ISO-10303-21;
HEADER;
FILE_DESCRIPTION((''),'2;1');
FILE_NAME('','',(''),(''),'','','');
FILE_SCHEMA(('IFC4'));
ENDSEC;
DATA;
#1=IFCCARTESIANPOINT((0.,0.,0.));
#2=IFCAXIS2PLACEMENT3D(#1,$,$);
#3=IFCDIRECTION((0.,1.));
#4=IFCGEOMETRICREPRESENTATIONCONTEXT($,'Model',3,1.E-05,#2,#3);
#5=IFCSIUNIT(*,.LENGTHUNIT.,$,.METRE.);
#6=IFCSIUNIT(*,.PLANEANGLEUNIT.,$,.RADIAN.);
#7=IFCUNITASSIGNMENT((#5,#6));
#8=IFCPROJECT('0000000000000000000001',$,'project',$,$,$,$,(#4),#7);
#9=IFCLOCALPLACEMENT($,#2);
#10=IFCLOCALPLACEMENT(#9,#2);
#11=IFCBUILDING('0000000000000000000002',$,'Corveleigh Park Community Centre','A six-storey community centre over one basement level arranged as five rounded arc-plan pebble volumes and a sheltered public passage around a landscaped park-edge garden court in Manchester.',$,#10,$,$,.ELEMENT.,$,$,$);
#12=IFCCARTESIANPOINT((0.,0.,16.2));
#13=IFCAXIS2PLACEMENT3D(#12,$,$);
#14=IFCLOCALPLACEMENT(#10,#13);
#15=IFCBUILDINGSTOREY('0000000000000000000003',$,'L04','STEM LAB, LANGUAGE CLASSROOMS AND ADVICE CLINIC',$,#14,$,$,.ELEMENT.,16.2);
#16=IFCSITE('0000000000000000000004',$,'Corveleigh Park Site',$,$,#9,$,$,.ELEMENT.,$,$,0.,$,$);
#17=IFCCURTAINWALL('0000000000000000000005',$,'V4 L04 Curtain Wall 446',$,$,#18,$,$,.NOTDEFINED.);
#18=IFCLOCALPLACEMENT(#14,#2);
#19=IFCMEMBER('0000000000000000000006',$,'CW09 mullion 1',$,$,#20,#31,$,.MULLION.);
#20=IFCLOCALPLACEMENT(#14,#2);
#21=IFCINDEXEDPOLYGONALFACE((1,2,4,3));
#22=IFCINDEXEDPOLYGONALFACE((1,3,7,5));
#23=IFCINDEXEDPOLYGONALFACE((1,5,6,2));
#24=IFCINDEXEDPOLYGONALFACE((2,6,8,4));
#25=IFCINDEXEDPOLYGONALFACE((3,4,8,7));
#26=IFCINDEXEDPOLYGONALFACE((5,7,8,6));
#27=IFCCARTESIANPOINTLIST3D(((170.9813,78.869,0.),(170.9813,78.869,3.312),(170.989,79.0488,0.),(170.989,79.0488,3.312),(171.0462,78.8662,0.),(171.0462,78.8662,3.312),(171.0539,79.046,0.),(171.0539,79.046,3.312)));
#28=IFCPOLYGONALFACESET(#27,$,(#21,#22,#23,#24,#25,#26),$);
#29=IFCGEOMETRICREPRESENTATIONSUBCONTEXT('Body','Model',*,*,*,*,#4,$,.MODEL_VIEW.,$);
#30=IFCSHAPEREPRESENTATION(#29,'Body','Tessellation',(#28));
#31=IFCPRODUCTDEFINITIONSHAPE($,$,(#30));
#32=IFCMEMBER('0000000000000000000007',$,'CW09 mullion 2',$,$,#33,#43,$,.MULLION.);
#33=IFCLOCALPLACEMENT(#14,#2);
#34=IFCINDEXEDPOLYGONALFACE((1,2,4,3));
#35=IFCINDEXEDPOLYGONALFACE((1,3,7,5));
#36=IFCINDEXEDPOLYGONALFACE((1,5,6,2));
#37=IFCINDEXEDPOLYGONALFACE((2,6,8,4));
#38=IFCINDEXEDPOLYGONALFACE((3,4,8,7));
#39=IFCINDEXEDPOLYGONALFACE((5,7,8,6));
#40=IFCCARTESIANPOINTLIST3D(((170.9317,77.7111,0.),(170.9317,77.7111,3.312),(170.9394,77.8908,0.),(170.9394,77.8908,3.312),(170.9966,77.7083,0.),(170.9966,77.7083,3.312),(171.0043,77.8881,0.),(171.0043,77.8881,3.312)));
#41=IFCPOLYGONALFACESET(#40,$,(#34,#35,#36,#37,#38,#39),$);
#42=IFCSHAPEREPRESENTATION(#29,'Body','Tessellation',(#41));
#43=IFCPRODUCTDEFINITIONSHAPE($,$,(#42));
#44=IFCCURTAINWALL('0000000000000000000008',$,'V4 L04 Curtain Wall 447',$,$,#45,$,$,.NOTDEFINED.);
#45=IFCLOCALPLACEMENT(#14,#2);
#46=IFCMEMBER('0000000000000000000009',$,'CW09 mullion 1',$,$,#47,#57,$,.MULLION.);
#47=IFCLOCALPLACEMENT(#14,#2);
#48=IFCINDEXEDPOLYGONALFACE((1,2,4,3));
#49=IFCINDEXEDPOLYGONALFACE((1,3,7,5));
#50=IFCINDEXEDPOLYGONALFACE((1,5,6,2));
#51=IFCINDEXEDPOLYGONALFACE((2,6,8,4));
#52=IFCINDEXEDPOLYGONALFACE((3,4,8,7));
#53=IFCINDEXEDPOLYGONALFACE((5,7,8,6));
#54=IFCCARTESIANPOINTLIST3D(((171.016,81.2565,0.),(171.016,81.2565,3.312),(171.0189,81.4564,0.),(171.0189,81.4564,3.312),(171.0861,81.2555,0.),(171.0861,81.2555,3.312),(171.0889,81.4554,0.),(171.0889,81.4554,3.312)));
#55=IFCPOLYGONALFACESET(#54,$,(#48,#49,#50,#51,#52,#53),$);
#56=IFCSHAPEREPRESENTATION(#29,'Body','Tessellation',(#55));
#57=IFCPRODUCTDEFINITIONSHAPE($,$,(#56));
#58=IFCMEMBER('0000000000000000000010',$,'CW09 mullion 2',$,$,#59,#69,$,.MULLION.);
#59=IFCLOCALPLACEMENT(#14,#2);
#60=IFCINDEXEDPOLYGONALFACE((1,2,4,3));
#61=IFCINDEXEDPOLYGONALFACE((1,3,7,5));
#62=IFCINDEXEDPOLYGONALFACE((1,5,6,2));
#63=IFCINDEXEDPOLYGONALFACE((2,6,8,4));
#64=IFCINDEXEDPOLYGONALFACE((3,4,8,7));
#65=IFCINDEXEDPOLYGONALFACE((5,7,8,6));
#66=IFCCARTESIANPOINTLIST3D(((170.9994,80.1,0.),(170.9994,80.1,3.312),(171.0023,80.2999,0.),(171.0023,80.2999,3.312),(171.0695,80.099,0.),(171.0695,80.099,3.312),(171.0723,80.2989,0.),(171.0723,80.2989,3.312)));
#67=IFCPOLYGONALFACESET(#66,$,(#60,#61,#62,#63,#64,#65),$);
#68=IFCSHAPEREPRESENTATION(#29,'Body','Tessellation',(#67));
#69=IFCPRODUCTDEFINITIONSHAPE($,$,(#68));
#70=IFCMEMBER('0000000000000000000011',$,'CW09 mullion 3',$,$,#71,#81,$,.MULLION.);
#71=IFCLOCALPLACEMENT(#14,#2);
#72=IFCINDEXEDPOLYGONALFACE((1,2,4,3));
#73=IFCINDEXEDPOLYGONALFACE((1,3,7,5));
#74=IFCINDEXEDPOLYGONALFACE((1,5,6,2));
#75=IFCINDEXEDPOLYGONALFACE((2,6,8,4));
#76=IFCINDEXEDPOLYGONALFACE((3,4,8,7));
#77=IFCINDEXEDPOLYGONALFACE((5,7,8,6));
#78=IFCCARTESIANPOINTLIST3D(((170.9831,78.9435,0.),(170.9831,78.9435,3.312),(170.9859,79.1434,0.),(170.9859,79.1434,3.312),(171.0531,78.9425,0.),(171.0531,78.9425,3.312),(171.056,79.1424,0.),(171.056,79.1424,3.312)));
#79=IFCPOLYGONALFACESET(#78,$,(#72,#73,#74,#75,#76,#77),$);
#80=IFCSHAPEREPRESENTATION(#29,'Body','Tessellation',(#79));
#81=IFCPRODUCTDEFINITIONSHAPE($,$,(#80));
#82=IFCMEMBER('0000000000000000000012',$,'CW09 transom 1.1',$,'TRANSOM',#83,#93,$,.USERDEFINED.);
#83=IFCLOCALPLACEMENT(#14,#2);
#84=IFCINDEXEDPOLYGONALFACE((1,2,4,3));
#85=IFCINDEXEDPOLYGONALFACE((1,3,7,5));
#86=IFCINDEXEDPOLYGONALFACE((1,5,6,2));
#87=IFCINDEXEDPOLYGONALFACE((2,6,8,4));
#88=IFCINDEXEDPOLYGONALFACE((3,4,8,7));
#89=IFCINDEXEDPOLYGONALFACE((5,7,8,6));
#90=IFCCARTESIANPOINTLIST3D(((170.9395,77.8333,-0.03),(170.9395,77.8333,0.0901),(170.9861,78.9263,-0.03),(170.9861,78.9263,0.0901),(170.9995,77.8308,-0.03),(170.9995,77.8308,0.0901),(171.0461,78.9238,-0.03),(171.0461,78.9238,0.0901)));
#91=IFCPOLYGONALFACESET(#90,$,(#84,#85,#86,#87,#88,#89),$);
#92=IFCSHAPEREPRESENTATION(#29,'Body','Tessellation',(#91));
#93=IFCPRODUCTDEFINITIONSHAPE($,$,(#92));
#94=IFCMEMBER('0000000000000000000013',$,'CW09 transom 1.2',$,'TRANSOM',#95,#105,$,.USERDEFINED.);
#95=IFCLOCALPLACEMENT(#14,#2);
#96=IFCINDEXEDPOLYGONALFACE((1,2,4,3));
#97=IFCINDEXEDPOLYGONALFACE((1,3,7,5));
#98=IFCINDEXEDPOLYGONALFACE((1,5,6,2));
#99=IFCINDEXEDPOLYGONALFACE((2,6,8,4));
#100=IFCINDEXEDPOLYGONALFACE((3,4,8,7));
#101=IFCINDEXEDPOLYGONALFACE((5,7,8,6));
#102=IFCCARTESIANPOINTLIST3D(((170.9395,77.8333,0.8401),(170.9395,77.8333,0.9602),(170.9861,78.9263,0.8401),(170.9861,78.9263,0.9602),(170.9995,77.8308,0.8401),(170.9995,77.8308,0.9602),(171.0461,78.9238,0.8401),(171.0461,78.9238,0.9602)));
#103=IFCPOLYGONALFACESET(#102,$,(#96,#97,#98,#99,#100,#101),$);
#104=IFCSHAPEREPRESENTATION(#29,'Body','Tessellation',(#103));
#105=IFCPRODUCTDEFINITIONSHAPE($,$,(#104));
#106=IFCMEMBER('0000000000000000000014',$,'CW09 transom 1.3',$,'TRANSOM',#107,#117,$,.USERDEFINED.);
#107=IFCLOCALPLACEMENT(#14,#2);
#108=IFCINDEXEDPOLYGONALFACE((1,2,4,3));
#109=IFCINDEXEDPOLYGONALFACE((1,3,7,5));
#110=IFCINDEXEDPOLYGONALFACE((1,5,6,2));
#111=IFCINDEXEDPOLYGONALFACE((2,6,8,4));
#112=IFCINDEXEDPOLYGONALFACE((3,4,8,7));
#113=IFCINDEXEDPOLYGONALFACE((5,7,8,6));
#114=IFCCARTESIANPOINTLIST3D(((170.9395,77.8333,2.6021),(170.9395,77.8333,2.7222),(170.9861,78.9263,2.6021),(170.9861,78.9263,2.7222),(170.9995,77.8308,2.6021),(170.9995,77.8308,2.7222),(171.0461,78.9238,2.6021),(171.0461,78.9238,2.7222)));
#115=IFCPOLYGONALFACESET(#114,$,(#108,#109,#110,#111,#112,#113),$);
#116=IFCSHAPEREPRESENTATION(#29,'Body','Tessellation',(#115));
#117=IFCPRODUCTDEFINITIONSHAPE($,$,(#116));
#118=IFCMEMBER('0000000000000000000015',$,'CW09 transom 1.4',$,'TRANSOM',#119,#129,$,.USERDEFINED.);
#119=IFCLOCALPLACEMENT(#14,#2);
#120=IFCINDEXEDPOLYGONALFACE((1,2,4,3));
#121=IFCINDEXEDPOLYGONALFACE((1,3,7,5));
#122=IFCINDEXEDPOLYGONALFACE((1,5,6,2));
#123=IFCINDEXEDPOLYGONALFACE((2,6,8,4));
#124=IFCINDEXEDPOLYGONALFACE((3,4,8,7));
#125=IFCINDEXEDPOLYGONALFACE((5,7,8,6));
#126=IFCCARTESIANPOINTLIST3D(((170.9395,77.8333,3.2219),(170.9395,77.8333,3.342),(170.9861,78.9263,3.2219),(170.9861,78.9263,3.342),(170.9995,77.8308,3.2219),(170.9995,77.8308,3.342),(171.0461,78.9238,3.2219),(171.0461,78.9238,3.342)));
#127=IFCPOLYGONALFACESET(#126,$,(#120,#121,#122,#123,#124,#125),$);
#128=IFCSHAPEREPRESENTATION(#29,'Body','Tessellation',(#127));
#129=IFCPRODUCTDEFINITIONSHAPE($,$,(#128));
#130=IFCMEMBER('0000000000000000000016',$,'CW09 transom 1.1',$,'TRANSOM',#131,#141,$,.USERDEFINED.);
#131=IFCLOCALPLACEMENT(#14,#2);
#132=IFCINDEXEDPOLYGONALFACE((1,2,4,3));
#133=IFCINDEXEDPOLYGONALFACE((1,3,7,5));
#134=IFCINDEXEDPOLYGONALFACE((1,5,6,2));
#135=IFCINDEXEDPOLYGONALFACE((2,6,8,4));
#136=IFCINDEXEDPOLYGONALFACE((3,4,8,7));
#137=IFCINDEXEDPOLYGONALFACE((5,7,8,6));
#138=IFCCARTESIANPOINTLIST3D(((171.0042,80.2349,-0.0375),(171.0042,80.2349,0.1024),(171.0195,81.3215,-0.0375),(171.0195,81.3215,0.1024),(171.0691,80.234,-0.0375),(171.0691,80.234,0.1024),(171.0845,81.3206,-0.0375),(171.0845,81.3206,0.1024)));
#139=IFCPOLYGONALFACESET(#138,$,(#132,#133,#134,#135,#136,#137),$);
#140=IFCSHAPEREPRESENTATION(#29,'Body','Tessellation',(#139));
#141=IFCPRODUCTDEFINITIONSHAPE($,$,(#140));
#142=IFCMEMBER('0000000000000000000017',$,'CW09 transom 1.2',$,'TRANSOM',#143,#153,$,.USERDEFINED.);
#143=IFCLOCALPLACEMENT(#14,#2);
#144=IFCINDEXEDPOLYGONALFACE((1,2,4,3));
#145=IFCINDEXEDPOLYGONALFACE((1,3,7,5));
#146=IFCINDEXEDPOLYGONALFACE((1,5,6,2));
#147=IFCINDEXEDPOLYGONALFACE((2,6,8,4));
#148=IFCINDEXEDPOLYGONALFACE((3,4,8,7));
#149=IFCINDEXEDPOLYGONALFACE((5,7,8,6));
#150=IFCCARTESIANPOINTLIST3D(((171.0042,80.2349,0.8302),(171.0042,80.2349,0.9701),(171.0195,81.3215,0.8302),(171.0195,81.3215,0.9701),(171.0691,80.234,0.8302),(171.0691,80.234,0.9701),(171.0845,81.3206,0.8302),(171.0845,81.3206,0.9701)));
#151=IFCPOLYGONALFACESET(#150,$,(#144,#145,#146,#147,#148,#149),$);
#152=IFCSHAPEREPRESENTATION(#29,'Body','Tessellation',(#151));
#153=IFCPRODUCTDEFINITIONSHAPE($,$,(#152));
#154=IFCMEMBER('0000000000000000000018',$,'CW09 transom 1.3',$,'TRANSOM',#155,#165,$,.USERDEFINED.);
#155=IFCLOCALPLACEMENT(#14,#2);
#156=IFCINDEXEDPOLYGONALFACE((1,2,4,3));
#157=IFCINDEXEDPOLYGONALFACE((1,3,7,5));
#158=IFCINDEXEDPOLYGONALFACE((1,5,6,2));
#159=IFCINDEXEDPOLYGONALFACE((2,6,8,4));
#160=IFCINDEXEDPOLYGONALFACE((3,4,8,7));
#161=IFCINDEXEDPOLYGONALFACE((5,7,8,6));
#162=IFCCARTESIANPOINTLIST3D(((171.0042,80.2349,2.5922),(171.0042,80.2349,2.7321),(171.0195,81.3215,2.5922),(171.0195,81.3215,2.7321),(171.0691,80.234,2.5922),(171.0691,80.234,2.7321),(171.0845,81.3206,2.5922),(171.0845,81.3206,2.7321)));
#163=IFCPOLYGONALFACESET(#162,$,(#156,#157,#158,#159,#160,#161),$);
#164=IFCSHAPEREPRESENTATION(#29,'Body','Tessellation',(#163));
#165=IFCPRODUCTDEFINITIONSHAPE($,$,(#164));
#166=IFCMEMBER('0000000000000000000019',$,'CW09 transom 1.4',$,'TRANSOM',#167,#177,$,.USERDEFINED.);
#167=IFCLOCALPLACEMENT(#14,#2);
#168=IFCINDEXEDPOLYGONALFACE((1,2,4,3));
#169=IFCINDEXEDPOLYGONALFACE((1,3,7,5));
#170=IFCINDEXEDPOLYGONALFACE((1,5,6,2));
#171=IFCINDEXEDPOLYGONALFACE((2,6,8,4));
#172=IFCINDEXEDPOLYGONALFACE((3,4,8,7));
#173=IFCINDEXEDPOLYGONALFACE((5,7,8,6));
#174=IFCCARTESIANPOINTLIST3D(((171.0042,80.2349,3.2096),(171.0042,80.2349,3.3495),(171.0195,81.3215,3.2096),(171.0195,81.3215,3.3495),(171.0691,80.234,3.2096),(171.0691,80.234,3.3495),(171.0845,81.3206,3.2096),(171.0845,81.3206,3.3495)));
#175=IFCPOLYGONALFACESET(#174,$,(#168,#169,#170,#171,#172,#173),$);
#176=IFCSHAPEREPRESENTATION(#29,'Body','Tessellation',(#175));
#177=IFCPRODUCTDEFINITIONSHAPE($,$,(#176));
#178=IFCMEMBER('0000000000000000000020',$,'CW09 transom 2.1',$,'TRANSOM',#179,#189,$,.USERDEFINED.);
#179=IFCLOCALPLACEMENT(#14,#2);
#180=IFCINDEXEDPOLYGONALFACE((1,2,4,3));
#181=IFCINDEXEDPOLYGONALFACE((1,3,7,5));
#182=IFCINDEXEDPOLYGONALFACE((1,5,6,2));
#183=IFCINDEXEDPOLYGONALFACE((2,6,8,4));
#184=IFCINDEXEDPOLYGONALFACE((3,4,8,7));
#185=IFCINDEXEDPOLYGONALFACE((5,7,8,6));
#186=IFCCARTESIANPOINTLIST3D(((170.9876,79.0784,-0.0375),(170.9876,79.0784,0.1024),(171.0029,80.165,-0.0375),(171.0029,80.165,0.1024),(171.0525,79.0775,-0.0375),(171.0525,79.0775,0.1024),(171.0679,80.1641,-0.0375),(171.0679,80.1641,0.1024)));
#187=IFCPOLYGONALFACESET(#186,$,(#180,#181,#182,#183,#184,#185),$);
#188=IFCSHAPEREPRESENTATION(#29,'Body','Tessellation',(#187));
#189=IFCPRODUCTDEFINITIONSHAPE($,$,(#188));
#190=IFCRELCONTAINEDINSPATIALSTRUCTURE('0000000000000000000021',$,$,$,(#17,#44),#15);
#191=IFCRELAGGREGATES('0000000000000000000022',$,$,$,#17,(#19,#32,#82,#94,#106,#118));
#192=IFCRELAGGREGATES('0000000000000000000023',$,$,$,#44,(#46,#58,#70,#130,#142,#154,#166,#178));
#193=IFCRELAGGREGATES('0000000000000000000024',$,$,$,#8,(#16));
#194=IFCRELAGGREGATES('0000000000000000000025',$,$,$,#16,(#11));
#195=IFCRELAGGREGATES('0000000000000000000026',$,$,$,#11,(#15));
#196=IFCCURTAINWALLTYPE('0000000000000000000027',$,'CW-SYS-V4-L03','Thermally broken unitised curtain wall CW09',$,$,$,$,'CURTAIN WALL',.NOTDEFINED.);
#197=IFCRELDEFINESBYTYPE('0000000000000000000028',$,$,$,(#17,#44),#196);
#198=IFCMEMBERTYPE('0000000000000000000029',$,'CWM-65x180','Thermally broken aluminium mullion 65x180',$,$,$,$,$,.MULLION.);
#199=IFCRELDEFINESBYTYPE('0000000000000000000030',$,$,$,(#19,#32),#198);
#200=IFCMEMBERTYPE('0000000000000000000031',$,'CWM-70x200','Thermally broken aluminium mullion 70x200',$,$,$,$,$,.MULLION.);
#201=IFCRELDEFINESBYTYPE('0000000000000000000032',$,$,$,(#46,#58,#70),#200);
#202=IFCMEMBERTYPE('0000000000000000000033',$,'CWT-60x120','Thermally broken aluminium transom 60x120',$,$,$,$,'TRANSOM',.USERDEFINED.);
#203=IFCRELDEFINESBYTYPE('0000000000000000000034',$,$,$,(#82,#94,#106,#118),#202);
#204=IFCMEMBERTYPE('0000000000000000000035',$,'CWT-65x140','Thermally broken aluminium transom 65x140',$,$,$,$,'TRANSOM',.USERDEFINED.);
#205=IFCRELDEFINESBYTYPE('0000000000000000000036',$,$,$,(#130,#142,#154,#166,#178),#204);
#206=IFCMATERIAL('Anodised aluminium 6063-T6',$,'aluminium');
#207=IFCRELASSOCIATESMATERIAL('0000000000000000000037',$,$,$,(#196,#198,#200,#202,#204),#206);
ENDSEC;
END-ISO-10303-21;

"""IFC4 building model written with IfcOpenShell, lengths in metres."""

from ifc_helpers import new_model, si_unit, direction, frame, origin, origin_2d, place, context, subcontext, project, spatial, rectangle, extrude, material, material_profile, profile_set, type_object, element, aggregate, save


model = new_model("IFC4")

# Units and contexts
model_context = context("Model", 3, precision=1e-05, world=origin(), true_north=direction((0.0, 1.0)))
body_context = subcontext(model_context, "Body", "Model", "MODEL_VIEW")
ifc_project = project(units=[si_unit("LENGTHUNIT", "METRE"), si_unit("PLANEANGLEUNIT", "RADIAN")], contexts=[model_context])

# Site, building, storey
site_placement = place(None, origin())
site = spatial("IfcSite", under=ifc_project, at=site_placement, Name="Corveleigh Park Site", CompositionType="ELEMENT", RefElevation=0.0)
building_placement = place(site_placement, origin())
building = spatial("IfcBuilding", under=site, at=building_placement, Name="Corveleigh Park Community Centre", Description="A six-storey community centre over one basement level arranged as five rounded arc-plan pebble volumes and a sheltered public passage around a landscaped park-edge garden court in Manchester.", CompositionType="ELEMENT")
storey_placement = place(building_placement, frame((0.0, 0.0, 16.2)))
storey = spatial("IfcBuildingStorey", under=building, at=storey_placement, Name="L04", Description="STEM LAB, LANGUAGE CLASSROOMS AND ADVICE CLINIC", CompositionType="ELEMENT", Elevation=16.2)

# Curtain walls, members
ifc_material_1 = material(Name="Anodised aluminium 6063-T6", Category="aluminium")
curtain_wall_type = type_object("IfcCurtainWallType", Name="CW-SYS-V4-L03", Description="Thermally broken unitised curtain wall CW09", ElementType="CURTAIN WALL", PredefinedType="NOTDEFINED", material=ifc_material_1)
curtain_wall_1_placement = place(storey_placement, origin())
curtain_wall_1 = element("IfcCurtainWall", 1, at=curtain_wall_1_placement, inside=storey, type_object=curtain_wall_type, Name="V4 L04 Curtain Wall 446", PredefinedType="NOTDEFINED")
ifc_material_profile_1 = material_profile(ifc_material_1, rectangle(XDim=0.0649, YDim=0.1799, at=origin_2d()), Name="ALU-M65x180", Category="aluminium")
ifc_profile_set_1 = profile_set([ifc_material_profile_1], Name="Anodised aluminium 6063-T6")
member_type_1 = type_object("IfcMemberType", Name="CWM-65x180", Description="Thermally broken aluminium mullion 65x180", PredefinedType="MULLION", material=ifc_profile_set_1)
member_1_placement = place(storey_placement, frame((171.0176, 78.9575, 0.0), z_axis=(0.0, 0.0, 1.0), x_axis=(0.999084, -0.0428, 0.0)))
member_1 = element("IfcMember", 2, at=member_1_placement, type_object=member_type_1, Name="CW09 mullion 1", PredefinedType="MULLION", context=body_context, shape_type="SweptSolid", body=[
    extrude(rectangle(XDim=0.0649, YDim=0.1799, at=origin_2d()), origin(), (0.0, 0.0, 1.0), 3.312),
])
member_2_placement = place(storey_placement, frame((170.968, 77.7996, 0.0), z_axis=(0.0, 0.0, 1.0), x_axis=(0.999084, -0.0428, 0.0)))
member_2 = element("IfcMember", 3, at=member_2_placement, type_object=member_type_1, Name="CW09 mullion 2", PredefinedType="MULLION", context=body_context, shape_type="SweptSolid", body=[
    extrude(rectangle(XDim=0.0649, YDim=0.1799, at=origin_2d()), origin(), (0.0, 0.0, 1.0), 3.312),
])
curtain_wall_2_placement = place(storey_placement, origin())
curtain_wall_2 = element("IfcCurtainWall", 4, at=curtain_wall_2_placement, inside=storey, type_object=curtain_wall_type, Name="V4 L04 Curtain Wall 447", PredefinedType="NOTDEFINED")
ifc_material_profile_2 = material_profile(ifc_material_1, rectangle(XDim=0.0701, YDim=0.2, at=origin_2d()), Name="ALU-M70x200", Category="aluminium")
ifc_profile_set_2 = profile_set([ifc_material_profile_2], Name="Anodised aluminium 6063-T6")
member_type_2 = type_object("IfcMemberType", Name="CWM-70x200", Description="Thermally broken aluminium mullion 70x200", PredefinedType="MULLION", material=ifc_profile_set_2)
member_3_placement = place(storey_placement, frame((171.0525, 81.356, 0.0), z_axis=(0.0, 0.0, 1.0), x_axis=(0.999898, -0.014266, 0.0)))
member_3 = element("IfcMember", 5, at=member_3_placement, type_object=member_type_2, Name="CW09 mullion 1", PredefinedType="MULLION", context=body_context, shape_type="SweptSolid", body=[
    extrude(rectangle(XDim=0.0701, YDim=0.2, at=origin_2d()), origin(), (0.0, 0.0, 1.0), 3.312),
])
member_4_placement = place(storey_placement, frame((171.0359, 80.1995, 0.0), z_axis=(0.0, 0.0, 1.0), x_axis=(0.999898, -0.014266, 0.0)))
member_4 = element("IfcMember", 6, at=member_4_placement, type_object=member_type_2, Name="CW09 mullion 2", PredefinedType="MULLION", context=body_context, shape_type="SweptSolid", body=[
    extrude(rectangle(XDim=0.0701, YDim=0.2, at=origin_2d()), origin(), (0.0, 0.0, 1.0), 3.312),
])
member_5_placement = place(storey_placement, frame((171.0195, 79.043, 0.0), z_axis=(0.0, 0.0, 1.0), x_axis=(0.999898, -0.014266, 0.0)))
member_5 = element("IfcMember", 7, at=member_5_placement, type_object=member_type_2, Name="CW09 mullion 3", PredefinedType="MULLION", context=body_context, shape_type="SweptSolid", body=[
    extrude(rectangle(XDim=0.0701, YDim=0.2, at=origin_2d()), origin(), (0.0, 0.0, 1.0), 3.312),
])

# Members
ifc_material_profile_3 = material_profile(ifc_material_1, rectangle(XDim=0.0601, YDim=0.1201, at=origin_2d()), Name="ALU-T60x120", Category="aluminium")
ifc_profile_set_3 = profile_set([ifc_material_profile_3], Name="Anodised aluminium 6063-T6")
member_type_3 = type_object("IfcMemberType", Name="CWT-60x120", Description="Thermally broken aluminium transom 60x120", ElementType="TRANSOM", PredefinedType="USERDEFINED", material=ifc_profile_set_3)
member_6_placement = place(storey_placement, frame((171.0161, 78.925, 0.03), z_axis=(-0.042624, -0.999091, 0.0), x_axis=(0.999091, -0.042624, 0.0)))
member_6 = element("IfcMember", 8, at=member_6_placement, type_object=member_type_3, Name="CW09 transom 1.1", ObjectType="TRANSOM", PredefinedType="USERDEFINED", context=body_context, shape_type="SweptSolid", body=[
    extrude(rectangle(XDim=0.0601, YDim=0.1201, at=origin_2d()), origin(), (0.0, 0.0, 1.0), 1.094),
])
member_7_placement = place(storey_placement, frame((171.0161, 78.925, 0.9001), z_axis=(-0.042624, -0.999091, 0.0), x_axis=(0.999091, -0.042624, 0.0)))
member_7 = element("IfcMember", 9, at=member_7_placement, type_object=member_type_3, Name="CW09 transom 1.2", ObjectType="TRANSOM", PredefinedType="USERDEFINED", context=body_context, shape_type="SweptSolid", body=[
    extrude(rectangle(XDim=0.0601, YDim=0.1201, at=origin_2d()), origin(), (0.0, 0.0, 1.0), 1.094),
])
member_8_placement = place(storey_placement, frame((171.0161, 78.925, 2.6621), z_axis=(-0.042624, -0.999091, 0.0), x_axis=(0.999091, -0.042624, 0.0)))
member_8 = element("IfcMember", 10, at=member_8_placement, type_object=member_type_3, Name="CW09 transom 1.3", ObjectType="TRANSOM", PredefinedType="USERDEFINED", context=body_context, shape_type="SweptSolid", body=[
    extrude(rectangle(XDim=0.0601, YDim=0.1201, at=origin_2d()), origin(), (0.0, 0.0, 1.0), 1.094),
])
member_9_placement = place(storey_placement, frame((171.0161, 78.925, 3.282), z_axis=(-0.042624, -0.999091, 0.0), x_axis=(0.999091, -0.042624, 0.0)))
member_9 = element("IfcMember", 11, at=member_9_placement, type_object=member_type_3, Name="CW09 transom 1.4", ObjectType="TRANSOM", PredefinedType="USERDEFINED", context=body_context, shape_type="SweptSolid", body=[
    extrude(rectangle(XDim=0.0601, YDim=0.1201, at=origin_2d()), origin(), (0.0, 0.0, 1.0), 1.094),
])
ifc_material_profile_4 = material_profile(ifc_material_1, rectangle(XDim=0.0649, YDim=0.1399, at=origin_2d()), Name="ALU-T65x140", Category="aluminium")
ifc_profile_set_4 = profile_set([ifc_material_profile_4], Name="Anodised aluminium 6063-T6")
member_type_4 = type_object("IfcMemberType", Name="CWT-65x140", Description="Thermally broken aluminium transom 65x140", ElementType="TRANSOM", PredefinedType="USERDEFINED", material=ifc_profile_set_4)
member_10_placement = place(storey_placement, frame((171.052, 81.321, 0.0325), z_axis=(-0.014153, -0.9999, 0.0), x_axis=(0.9999, -0.014153, 0.0)))
member_10 = element("IfcMember", 12, at=member_10_placement, type_object=member_type_4, Name="CW09 transom 1.1", ObjectType="TRANSOM", PredefinedType="USERDEFINED", context=body_context, shape_type="SweptSolid", body=[
    extrude(rectangle(XDim=0.0649, YDim=0.1399, at=origin_2d()), origin(), (0.0, 0.0, 1.0), 1.0867),
])
member_11_placement = place(storey_placement, frame((171.052, 81.321, 0.9001), z_axis=(-0.014153, -0.9999, 0.0), x_axis=(0.9999, -0.014153, 0.0)))
member_11 = element("IfcMember", 13, at=member_11_placement, type_object=member_type_4, Name="CW09 transom 1.2", ObjectType="TRANSOM", PredefinedType="USERDEFINED", context=body_context, shape_type="SweptSolid", body=[
    extrude(rectangle(XDim=0.0649, YDim=0.1399, at=origin_2d()), origin(), (0.0, 0.0, 1.0), 1.0867),
])
member_12_placement = place(storey_placement, frame((171.052, 81.321, 2.6621), z_axis=(-0.014153, -0.9999, 0.0), x_axis=(0.9999, -0.014153, 0.0)))
member_12 = element("IfcMember", 14, at=member_12_placement, type_object=member_type_4, Name="CW09 transom 1.3", ObjectType="TRANSOM", PredefinedType="USERDEFINED", context=body_context, shape_type="SweptSolid", body=[
    extrude(rectangle(XDim=0.0649, YDim=0.1399, at=origin_2d()), origin(), (0.0, 0.0, 1.0), 1.0867),
])
member_13_placement = place(storey_placement, frame((171.052, 81.321, 3.2795), z_axis=(-0.014153, -0.9999, 0.0), x_axis=(0.9999, -0.014153, 0.0)))
member_13 = element("IfcMember", 15, at=member_13_placement, type_object=member_type_4, Name="CW09 transom 1.4", ObjectType="TRANSOM", PredefinedType="USERDEFINED", context=body_context, shape_type="SweptSolid", body=[
    extrude(rectangle(XDim=0.0649, YDim=0.1399, at=origin_2d()), origin(), (0.0, 0.0, 1.0), 1.0867),
])
member_14_placement = place(storey_placement, frame((171.0354, 80.1646, 0.0325), z_axis=(-0.014153, -0.9999, 0.0), x_axis=(0.9999, -0.014153, 0.0)))
member_14 = element("IfcMember", 16, at=member_14_placement, type_object=member_type_4, Name="CW09 transom 2.1", ObjectType="TRANSOM", PredefinedType="USERDEFINED", context=body_context, shape_type="SweptSolid", body=[
    extrude(rectangle(XDim=0.0649, YDim=0.1399, at=origin_2d()), origin(), (0.0, 0.0, 1.0), 1.0867),
])

aggregate(curtain_wall_1, [member_1, member_2, member_6, member_7, member_8, member_9])
aggregate(curtain_wall_2, [member_3, member_4, member_5, member_10, member_11, member_12, member_13, member_14])

save(model, "model.ifc")
